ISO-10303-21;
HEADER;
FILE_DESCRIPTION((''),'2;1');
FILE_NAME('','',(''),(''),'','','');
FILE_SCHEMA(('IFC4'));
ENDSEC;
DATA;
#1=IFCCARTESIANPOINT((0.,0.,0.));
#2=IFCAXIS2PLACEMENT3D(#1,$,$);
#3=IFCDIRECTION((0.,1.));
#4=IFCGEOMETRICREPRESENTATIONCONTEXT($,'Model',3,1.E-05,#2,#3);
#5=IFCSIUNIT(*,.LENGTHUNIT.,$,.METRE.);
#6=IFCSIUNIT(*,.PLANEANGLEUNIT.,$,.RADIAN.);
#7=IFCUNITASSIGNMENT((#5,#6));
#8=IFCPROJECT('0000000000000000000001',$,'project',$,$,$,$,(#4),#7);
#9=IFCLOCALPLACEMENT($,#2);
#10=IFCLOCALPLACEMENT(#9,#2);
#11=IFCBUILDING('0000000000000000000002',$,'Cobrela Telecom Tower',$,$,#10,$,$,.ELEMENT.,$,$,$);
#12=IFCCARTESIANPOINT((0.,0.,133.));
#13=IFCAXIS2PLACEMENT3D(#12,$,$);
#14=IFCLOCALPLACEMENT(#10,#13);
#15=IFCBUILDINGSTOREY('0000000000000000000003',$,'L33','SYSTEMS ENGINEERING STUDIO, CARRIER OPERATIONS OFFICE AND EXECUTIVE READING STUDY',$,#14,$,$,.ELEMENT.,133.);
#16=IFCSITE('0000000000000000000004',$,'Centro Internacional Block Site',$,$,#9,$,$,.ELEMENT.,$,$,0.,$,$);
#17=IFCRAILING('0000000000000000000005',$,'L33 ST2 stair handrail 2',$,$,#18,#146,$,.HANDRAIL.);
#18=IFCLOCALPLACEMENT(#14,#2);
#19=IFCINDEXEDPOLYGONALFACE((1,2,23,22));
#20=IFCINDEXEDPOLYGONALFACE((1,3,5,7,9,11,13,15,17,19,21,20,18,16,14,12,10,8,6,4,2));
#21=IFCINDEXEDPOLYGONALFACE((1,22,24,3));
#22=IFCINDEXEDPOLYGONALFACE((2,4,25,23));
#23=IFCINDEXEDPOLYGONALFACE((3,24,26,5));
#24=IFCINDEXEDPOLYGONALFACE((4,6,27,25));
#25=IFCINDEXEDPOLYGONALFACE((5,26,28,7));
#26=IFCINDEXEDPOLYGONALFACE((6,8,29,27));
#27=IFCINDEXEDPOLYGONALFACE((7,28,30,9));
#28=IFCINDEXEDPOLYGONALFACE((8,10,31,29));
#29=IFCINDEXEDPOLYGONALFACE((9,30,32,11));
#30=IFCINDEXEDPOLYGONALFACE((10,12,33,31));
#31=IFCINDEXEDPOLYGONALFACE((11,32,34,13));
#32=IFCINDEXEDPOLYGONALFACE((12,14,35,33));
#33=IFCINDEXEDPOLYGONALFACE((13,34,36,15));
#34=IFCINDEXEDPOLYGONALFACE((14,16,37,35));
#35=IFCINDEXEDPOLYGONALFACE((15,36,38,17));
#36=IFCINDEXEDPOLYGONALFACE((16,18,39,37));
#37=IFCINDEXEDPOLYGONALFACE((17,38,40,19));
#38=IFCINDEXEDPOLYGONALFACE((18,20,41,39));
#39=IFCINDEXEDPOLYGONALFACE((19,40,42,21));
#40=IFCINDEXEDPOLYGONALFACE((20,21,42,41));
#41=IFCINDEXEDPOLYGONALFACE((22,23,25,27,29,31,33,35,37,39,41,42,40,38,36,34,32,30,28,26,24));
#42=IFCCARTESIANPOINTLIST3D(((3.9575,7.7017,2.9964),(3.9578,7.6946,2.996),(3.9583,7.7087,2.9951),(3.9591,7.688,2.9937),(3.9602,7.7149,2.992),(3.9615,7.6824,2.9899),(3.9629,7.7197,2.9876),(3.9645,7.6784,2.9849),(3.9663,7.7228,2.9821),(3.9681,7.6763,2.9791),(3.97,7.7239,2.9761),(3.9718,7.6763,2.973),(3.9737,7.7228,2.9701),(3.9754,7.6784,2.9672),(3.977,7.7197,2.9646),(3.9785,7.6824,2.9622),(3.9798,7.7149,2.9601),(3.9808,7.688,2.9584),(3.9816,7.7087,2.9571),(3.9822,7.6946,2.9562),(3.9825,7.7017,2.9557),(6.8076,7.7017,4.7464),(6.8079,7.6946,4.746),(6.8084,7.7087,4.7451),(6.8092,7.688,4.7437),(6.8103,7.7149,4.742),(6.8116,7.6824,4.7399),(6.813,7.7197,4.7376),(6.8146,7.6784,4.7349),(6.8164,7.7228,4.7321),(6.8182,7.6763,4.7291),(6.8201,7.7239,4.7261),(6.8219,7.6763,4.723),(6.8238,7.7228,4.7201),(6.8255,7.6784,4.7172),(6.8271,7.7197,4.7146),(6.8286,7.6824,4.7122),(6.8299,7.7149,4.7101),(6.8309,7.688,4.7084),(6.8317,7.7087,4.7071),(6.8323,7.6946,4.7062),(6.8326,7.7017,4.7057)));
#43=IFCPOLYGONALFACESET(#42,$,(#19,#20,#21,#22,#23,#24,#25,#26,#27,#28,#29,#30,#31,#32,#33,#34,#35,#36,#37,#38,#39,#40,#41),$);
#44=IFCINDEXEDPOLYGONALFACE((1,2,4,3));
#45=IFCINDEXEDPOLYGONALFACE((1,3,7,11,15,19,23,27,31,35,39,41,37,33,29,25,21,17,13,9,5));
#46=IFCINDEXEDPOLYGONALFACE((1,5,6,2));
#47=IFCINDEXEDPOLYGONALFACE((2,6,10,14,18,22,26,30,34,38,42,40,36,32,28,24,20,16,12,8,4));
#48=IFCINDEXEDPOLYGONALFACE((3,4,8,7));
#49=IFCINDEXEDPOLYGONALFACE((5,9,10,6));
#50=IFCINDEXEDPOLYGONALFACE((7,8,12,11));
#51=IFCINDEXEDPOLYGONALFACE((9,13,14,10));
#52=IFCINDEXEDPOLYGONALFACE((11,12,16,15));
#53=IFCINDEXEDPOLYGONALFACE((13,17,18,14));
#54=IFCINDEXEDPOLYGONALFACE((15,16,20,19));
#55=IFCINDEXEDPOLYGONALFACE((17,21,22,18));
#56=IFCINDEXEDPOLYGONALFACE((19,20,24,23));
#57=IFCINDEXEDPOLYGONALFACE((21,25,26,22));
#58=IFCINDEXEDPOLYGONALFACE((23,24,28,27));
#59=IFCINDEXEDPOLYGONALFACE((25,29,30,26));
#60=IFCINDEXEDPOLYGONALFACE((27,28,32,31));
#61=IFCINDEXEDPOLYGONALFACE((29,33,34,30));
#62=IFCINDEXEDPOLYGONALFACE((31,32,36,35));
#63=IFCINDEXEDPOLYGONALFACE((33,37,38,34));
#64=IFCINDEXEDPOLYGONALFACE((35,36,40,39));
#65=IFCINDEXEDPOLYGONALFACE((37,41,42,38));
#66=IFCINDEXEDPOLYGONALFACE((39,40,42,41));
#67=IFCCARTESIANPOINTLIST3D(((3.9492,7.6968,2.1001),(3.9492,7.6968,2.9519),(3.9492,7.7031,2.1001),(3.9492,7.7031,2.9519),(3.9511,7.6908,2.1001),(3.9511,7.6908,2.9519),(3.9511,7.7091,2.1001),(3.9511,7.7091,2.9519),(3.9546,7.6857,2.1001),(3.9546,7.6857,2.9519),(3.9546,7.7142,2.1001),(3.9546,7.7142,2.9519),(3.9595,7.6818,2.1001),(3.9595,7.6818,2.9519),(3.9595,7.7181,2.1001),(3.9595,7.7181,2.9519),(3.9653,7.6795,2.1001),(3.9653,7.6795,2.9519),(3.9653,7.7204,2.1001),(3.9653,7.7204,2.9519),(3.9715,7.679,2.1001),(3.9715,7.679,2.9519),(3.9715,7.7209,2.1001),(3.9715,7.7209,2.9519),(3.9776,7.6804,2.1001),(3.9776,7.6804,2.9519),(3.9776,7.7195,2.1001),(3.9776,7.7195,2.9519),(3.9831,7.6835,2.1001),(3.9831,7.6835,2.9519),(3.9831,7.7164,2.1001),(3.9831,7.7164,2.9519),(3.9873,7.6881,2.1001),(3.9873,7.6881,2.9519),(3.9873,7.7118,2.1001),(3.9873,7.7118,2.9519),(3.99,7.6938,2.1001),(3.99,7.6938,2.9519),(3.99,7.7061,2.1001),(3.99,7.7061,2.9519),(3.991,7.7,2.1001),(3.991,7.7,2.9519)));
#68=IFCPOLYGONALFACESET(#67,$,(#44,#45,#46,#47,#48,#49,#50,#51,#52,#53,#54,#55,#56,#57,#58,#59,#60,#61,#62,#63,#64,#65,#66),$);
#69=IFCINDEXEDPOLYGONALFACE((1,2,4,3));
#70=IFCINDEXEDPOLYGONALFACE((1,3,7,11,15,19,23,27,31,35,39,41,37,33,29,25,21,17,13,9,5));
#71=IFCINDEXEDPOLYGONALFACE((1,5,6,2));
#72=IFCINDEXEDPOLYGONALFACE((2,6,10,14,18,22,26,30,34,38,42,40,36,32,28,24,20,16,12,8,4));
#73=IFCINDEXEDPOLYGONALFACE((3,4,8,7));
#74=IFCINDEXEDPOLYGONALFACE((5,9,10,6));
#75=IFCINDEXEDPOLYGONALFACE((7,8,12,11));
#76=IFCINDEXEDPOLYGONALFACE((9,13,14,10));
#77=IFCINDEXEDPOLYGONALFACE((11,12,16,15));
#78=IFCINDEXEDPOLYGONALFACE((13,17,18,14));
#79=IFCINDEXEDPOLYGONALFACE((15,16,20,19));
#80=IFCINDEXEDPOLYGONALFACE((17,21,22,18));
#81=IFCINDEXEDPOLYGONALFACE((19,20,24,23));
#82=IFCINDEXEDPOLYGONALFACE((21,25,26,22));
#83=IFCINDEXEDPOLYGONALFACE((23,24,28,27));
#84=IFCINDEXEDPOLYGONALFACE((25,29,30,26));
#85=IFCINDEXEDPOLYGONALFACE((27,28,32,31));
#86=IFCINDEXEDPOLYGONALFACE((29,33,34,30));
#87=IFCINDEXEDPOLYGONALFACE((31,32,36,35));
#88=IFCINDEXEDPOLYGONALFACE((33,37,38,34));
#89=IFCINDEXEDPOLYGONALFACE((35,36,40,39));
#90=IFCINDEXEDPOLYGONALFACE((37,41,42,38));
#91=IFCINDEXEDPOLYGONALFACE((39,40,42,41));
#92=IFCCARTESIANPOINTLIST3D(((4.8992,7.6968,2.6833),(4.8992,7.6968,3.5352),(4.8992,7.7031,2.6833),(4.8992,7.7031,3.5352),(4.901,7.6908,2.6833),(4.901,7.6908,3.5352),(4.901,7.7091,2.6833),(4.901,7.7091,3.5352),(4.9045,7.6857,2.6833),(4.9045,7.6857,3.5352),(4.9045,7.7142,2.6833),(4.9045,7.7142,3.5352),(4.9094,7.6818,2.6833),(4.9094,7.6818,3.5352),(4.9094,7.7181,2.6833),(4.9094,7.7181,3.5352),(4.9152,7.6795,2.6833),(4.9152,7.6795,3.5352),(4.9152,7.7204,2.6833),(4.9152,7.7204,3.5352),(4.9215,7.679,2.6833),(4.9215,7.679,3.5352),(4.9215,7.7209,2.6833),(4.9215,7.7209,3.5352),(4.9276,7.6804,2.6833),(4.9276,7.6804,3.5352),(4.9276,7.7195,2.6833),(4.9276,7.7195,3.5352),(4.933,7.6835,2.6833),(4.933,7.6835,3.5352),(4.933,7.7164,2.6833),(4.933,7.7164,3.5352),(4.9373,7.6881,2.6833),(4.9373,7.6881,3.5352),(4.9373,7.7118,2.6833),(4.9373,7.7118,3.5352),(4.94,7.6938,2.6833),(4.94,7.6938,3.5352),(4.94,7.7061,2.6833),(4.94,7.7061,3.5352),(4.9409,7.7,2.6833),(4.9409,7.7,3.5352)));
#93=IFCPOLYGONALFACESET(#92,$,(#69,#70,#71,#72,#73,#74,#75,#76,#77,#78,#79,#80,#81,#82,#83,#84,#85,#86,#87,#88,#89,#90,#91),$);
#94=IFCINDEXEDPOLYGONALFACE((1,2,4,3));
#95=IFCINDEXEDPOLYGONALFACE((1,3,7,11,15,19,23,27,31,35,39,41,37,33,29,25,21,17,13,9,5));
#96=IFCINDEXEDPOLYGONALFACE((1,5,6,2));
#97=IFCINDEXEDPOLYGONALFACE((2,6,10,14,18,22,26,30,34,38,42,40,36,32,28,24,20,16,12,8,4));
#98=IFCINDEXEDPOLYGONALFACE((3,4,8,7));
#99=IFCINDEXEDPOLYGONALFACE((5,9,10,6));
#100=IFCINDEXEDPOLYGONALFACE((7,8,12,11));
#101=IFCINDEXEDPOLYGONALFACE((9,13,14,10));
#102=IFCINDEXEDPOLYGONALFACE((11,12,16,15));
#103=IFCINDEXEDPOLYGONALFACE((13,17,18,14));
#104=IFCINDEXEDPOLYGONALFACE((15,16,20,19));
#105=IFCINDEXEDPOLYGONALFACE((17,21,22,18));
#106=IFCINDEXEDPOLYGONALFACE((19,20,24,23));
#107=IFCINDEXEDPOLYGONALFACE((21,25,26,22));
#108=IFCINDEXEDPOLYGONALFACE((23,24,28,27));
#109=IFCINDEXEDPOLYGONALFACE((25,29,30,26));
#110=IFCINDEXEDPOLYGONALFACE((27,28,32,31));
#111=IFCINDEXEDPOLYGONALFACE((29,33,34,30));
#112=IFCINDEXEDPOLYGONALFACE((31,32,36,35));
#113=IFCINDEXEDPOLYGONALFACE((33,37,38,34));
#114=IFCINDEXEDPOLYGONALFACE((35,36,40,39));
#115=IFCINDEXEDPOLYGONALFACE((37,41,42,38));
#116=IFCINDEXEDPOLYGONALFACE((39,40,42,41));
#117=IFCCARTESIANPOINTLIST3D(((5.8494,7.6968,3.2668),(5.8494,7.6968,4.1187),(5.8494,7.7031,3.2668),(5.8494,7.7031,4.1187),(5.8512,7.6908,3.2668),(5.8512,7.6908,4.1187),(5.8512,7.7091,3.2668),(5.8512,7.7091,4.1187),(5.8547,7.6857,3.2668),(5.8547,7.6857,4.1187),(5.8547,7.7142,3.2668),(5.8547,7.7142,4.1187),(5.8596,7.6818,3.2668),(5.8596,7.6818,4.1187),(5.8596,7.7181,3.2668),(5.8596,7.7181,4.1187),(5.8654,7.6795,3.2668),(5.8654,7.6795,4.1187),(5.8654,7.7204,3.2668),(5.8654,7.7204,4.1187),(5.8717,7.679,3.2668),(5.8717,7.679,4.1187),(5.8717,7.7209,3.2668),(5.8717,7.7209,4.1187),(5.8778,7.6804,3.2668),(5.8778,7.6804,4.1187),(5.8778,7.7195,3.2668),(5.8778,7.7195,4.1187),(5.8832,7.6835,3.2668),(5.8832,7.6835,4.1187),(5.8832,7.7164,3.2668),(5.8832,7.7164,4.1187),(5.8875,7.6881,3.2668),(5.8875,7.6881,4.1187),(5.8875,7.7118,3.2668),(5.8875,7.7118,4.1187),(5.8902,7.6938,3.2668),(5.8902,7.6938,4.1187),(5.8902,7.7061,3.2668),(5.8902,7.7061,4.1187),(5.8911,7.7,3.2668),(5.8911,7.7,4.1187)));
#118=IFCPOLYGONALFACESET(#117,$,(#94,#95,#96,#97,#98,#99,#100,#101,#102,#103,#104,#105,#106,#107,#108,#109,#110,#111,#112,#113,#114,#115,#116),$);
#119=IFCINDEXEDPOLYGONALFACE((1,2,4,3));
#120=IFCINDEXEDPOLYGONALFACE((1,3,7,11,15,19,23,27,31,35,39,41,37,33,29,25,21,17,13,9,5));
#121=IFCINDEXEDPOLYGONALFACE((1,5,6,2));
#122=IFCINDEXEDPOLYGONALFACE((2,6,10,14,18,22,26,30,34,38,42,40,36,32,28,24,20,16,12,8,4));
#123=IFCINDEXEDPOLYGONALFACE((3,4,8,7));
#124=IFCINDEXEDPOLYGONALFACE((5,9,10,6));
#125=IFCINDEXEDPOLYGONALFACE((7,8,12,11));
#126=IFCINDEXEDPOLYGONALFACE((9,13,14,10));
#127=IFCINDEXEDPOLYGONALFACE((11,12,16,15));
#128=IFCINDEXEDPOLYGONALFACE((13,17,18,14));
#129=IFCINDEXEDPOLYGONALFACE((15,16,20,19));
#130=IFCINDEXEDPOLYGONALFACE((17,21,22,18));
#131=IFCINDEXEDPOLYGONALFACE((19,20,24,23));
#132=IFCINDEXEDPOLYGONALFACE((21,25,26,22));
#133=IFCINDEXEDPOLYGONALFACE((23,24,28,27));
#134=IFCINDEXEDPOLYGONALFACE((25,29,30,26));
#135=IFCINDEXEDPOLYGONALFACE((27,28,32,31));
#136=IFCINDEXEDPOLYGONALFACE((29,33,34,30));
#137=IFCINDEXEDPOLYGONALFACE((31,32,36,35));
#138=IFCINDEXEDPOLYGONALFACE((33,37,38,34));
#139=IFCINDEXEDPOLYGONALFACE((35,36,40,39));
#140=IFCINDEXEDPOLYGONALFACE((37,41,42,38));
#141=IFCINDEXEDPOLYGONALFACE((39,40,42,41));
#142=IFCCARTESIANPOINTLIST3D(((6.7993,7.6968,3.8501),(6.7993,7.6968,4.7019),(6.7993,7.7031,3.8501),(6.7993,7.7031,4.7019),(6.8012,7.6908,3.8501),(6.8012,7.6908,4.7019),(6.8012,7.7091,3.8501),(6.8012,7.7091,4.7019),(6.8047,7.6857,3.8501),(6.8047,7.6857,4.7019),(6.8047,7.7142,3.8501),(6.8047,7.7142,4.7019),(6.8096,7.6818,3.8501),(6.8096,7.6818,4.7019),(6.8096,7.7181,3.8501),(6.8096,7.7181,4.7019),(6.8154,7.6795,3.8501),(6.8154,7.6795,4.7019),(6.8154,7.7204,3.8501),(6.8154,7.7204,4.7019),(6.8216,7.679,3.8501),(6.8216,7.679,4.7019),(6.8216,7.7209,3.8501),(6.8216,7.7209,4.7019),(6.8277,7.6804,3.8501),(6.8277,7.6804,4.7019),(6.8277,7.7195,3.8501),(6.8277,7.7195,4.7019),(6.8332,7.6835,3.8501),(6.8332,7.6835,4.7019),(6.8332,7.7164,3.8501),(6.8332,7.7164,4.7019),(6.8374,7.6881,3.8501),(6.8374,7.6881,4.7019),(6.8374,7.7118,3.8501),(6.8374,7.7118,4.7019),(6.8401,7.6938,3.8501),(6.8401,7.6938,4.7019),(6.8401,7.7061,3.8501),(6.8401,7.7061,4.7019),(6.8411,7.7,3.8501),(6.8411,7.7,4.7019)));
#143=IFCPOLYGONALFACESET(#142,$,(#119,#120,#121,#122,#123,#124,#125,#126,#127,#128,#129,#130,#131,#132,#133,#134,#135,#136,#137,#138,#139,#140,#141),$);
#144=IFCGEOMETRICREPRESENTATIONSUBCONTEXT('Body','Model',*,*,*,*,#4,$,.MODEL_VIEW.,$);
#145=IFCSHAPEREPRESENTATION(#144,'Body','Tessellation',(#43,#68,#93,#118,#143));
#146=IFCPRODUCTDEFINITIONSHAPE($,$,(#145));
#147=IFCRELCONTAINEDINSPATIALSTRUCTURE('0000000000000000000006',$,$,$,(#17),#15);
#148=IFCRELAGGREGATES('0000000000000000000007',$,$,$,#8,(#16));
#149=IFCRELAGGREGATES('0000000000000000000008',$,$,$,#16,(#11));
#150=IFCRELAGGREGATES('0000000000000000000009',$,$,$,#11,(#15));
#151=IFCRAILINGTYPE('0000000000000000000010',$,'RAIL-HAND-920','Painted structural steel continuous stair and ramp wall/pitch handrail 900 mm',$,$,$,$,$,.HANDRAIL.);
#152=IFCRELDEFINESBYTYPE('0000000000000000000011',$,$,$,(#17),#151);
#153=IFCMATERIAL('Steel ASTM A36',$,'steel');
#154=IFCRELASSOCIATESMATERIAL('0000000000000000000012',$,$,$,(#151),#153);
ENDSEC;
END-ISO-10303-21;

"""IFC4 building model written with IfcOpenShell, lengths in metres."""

from ifc_helpers import new_model, si_unit, direction, frame, origin, origin_2d, place, context, subcontext, project, spatial, circle, extrude, material, type_object, element, save


model = new_model("IFC4")

# Units and contexts
model_context = context("Model", 3, precision=1e-05, world=origin(), true_north=direction((0.0, 1.0)))
body_context = subcontext(model_context, "Body", "Model", "MODEL_VIEW")
ifc_project = project(units=[si_unit("LENGTHUNIT", "METRE"), si_unit("PLANEANGLEUNIT", "RADIAN")], contexts=[model_context])

# Site, building, storey
site_placement = place(None, origin())
site = spatial("IfcSite", under=ifc_project, at=site_placement, Name="Centro Internacional Block Site", CompositionType="ELEMENT", RefElevation=0.0)
building_placement = place(site_placement, origin())
building = spatial("IfcBuilding", under=site, at=building_placement, Name="Cobrela Telecom Tower", CompositionType="ELEMENT")
storey_placement = place(building_placement, frame((0.0, 0.0, 133.0)))
storey = spatial("IfcBuildingStorey", under=building, at=storey_placement, Name="L33", Description="SYSTEMS ENGINEERING STUDIO, CARRIER OPERATIONS OFFICE AND EXECUTIVE READING STUDY", CompositionType="ELEMENT", Elevation=133.0)

# Railing
ifc_material_1 = material(Name="Steel ASTM A36", Category="steel")
railing_type_1 = type_object("IfcRailingType", Name="RAIL-HAND-920", Description="Painted structural steel continuous stair and ramp wall/pitch handrail 900 mm", PredefinedType="HANDRAIL", material=ifc_material_1)
railing_1_placement = place(storey_placement, frame((3.97, 7.7, 2.1001)))
element("IfcRailing", 1, at=railing_1_placement, inside=storey, type_object=railing_type_1, Name="L33 ST2 stair handrail 2", PredefinedType="HANDRAIL", context=body_context, shape_type="SweptSolid", body=[
    extrude(circle(Radius=0.0239, at=origin_2d()), frame((0.0, 0.0, 0.876), z_axis=(0.852179, 0.0, 0.52325), x_axis=(0.0, 1.0, 0.0)), (0.0, 0.0, 1.0), 3.3445),
    extrude(circle(Radius=0.021, at=origin_2d()), origin(), (0.0, 0.0, 1.0), 0.8518),
    extrude(circle(Radius=0.021, at=origin_2d()), frame((0.95, 0.0, 0.5833)), (0.0, 0.0, 1.0), 0.8518),
    extrude(circle(Radius=0.021, at=origin_2d()), frame((1.9001, 0.0, 1.1667)), (0.0, 0.0, 1.0), 0.8518),
    extrude(circle(Radius=0.021, at=origin_2d()), frame((2.8501, 0.0, 1.75)), (0.0, 0.0, 1.0), 0.8518),
])

save(model, "model.ifc")
